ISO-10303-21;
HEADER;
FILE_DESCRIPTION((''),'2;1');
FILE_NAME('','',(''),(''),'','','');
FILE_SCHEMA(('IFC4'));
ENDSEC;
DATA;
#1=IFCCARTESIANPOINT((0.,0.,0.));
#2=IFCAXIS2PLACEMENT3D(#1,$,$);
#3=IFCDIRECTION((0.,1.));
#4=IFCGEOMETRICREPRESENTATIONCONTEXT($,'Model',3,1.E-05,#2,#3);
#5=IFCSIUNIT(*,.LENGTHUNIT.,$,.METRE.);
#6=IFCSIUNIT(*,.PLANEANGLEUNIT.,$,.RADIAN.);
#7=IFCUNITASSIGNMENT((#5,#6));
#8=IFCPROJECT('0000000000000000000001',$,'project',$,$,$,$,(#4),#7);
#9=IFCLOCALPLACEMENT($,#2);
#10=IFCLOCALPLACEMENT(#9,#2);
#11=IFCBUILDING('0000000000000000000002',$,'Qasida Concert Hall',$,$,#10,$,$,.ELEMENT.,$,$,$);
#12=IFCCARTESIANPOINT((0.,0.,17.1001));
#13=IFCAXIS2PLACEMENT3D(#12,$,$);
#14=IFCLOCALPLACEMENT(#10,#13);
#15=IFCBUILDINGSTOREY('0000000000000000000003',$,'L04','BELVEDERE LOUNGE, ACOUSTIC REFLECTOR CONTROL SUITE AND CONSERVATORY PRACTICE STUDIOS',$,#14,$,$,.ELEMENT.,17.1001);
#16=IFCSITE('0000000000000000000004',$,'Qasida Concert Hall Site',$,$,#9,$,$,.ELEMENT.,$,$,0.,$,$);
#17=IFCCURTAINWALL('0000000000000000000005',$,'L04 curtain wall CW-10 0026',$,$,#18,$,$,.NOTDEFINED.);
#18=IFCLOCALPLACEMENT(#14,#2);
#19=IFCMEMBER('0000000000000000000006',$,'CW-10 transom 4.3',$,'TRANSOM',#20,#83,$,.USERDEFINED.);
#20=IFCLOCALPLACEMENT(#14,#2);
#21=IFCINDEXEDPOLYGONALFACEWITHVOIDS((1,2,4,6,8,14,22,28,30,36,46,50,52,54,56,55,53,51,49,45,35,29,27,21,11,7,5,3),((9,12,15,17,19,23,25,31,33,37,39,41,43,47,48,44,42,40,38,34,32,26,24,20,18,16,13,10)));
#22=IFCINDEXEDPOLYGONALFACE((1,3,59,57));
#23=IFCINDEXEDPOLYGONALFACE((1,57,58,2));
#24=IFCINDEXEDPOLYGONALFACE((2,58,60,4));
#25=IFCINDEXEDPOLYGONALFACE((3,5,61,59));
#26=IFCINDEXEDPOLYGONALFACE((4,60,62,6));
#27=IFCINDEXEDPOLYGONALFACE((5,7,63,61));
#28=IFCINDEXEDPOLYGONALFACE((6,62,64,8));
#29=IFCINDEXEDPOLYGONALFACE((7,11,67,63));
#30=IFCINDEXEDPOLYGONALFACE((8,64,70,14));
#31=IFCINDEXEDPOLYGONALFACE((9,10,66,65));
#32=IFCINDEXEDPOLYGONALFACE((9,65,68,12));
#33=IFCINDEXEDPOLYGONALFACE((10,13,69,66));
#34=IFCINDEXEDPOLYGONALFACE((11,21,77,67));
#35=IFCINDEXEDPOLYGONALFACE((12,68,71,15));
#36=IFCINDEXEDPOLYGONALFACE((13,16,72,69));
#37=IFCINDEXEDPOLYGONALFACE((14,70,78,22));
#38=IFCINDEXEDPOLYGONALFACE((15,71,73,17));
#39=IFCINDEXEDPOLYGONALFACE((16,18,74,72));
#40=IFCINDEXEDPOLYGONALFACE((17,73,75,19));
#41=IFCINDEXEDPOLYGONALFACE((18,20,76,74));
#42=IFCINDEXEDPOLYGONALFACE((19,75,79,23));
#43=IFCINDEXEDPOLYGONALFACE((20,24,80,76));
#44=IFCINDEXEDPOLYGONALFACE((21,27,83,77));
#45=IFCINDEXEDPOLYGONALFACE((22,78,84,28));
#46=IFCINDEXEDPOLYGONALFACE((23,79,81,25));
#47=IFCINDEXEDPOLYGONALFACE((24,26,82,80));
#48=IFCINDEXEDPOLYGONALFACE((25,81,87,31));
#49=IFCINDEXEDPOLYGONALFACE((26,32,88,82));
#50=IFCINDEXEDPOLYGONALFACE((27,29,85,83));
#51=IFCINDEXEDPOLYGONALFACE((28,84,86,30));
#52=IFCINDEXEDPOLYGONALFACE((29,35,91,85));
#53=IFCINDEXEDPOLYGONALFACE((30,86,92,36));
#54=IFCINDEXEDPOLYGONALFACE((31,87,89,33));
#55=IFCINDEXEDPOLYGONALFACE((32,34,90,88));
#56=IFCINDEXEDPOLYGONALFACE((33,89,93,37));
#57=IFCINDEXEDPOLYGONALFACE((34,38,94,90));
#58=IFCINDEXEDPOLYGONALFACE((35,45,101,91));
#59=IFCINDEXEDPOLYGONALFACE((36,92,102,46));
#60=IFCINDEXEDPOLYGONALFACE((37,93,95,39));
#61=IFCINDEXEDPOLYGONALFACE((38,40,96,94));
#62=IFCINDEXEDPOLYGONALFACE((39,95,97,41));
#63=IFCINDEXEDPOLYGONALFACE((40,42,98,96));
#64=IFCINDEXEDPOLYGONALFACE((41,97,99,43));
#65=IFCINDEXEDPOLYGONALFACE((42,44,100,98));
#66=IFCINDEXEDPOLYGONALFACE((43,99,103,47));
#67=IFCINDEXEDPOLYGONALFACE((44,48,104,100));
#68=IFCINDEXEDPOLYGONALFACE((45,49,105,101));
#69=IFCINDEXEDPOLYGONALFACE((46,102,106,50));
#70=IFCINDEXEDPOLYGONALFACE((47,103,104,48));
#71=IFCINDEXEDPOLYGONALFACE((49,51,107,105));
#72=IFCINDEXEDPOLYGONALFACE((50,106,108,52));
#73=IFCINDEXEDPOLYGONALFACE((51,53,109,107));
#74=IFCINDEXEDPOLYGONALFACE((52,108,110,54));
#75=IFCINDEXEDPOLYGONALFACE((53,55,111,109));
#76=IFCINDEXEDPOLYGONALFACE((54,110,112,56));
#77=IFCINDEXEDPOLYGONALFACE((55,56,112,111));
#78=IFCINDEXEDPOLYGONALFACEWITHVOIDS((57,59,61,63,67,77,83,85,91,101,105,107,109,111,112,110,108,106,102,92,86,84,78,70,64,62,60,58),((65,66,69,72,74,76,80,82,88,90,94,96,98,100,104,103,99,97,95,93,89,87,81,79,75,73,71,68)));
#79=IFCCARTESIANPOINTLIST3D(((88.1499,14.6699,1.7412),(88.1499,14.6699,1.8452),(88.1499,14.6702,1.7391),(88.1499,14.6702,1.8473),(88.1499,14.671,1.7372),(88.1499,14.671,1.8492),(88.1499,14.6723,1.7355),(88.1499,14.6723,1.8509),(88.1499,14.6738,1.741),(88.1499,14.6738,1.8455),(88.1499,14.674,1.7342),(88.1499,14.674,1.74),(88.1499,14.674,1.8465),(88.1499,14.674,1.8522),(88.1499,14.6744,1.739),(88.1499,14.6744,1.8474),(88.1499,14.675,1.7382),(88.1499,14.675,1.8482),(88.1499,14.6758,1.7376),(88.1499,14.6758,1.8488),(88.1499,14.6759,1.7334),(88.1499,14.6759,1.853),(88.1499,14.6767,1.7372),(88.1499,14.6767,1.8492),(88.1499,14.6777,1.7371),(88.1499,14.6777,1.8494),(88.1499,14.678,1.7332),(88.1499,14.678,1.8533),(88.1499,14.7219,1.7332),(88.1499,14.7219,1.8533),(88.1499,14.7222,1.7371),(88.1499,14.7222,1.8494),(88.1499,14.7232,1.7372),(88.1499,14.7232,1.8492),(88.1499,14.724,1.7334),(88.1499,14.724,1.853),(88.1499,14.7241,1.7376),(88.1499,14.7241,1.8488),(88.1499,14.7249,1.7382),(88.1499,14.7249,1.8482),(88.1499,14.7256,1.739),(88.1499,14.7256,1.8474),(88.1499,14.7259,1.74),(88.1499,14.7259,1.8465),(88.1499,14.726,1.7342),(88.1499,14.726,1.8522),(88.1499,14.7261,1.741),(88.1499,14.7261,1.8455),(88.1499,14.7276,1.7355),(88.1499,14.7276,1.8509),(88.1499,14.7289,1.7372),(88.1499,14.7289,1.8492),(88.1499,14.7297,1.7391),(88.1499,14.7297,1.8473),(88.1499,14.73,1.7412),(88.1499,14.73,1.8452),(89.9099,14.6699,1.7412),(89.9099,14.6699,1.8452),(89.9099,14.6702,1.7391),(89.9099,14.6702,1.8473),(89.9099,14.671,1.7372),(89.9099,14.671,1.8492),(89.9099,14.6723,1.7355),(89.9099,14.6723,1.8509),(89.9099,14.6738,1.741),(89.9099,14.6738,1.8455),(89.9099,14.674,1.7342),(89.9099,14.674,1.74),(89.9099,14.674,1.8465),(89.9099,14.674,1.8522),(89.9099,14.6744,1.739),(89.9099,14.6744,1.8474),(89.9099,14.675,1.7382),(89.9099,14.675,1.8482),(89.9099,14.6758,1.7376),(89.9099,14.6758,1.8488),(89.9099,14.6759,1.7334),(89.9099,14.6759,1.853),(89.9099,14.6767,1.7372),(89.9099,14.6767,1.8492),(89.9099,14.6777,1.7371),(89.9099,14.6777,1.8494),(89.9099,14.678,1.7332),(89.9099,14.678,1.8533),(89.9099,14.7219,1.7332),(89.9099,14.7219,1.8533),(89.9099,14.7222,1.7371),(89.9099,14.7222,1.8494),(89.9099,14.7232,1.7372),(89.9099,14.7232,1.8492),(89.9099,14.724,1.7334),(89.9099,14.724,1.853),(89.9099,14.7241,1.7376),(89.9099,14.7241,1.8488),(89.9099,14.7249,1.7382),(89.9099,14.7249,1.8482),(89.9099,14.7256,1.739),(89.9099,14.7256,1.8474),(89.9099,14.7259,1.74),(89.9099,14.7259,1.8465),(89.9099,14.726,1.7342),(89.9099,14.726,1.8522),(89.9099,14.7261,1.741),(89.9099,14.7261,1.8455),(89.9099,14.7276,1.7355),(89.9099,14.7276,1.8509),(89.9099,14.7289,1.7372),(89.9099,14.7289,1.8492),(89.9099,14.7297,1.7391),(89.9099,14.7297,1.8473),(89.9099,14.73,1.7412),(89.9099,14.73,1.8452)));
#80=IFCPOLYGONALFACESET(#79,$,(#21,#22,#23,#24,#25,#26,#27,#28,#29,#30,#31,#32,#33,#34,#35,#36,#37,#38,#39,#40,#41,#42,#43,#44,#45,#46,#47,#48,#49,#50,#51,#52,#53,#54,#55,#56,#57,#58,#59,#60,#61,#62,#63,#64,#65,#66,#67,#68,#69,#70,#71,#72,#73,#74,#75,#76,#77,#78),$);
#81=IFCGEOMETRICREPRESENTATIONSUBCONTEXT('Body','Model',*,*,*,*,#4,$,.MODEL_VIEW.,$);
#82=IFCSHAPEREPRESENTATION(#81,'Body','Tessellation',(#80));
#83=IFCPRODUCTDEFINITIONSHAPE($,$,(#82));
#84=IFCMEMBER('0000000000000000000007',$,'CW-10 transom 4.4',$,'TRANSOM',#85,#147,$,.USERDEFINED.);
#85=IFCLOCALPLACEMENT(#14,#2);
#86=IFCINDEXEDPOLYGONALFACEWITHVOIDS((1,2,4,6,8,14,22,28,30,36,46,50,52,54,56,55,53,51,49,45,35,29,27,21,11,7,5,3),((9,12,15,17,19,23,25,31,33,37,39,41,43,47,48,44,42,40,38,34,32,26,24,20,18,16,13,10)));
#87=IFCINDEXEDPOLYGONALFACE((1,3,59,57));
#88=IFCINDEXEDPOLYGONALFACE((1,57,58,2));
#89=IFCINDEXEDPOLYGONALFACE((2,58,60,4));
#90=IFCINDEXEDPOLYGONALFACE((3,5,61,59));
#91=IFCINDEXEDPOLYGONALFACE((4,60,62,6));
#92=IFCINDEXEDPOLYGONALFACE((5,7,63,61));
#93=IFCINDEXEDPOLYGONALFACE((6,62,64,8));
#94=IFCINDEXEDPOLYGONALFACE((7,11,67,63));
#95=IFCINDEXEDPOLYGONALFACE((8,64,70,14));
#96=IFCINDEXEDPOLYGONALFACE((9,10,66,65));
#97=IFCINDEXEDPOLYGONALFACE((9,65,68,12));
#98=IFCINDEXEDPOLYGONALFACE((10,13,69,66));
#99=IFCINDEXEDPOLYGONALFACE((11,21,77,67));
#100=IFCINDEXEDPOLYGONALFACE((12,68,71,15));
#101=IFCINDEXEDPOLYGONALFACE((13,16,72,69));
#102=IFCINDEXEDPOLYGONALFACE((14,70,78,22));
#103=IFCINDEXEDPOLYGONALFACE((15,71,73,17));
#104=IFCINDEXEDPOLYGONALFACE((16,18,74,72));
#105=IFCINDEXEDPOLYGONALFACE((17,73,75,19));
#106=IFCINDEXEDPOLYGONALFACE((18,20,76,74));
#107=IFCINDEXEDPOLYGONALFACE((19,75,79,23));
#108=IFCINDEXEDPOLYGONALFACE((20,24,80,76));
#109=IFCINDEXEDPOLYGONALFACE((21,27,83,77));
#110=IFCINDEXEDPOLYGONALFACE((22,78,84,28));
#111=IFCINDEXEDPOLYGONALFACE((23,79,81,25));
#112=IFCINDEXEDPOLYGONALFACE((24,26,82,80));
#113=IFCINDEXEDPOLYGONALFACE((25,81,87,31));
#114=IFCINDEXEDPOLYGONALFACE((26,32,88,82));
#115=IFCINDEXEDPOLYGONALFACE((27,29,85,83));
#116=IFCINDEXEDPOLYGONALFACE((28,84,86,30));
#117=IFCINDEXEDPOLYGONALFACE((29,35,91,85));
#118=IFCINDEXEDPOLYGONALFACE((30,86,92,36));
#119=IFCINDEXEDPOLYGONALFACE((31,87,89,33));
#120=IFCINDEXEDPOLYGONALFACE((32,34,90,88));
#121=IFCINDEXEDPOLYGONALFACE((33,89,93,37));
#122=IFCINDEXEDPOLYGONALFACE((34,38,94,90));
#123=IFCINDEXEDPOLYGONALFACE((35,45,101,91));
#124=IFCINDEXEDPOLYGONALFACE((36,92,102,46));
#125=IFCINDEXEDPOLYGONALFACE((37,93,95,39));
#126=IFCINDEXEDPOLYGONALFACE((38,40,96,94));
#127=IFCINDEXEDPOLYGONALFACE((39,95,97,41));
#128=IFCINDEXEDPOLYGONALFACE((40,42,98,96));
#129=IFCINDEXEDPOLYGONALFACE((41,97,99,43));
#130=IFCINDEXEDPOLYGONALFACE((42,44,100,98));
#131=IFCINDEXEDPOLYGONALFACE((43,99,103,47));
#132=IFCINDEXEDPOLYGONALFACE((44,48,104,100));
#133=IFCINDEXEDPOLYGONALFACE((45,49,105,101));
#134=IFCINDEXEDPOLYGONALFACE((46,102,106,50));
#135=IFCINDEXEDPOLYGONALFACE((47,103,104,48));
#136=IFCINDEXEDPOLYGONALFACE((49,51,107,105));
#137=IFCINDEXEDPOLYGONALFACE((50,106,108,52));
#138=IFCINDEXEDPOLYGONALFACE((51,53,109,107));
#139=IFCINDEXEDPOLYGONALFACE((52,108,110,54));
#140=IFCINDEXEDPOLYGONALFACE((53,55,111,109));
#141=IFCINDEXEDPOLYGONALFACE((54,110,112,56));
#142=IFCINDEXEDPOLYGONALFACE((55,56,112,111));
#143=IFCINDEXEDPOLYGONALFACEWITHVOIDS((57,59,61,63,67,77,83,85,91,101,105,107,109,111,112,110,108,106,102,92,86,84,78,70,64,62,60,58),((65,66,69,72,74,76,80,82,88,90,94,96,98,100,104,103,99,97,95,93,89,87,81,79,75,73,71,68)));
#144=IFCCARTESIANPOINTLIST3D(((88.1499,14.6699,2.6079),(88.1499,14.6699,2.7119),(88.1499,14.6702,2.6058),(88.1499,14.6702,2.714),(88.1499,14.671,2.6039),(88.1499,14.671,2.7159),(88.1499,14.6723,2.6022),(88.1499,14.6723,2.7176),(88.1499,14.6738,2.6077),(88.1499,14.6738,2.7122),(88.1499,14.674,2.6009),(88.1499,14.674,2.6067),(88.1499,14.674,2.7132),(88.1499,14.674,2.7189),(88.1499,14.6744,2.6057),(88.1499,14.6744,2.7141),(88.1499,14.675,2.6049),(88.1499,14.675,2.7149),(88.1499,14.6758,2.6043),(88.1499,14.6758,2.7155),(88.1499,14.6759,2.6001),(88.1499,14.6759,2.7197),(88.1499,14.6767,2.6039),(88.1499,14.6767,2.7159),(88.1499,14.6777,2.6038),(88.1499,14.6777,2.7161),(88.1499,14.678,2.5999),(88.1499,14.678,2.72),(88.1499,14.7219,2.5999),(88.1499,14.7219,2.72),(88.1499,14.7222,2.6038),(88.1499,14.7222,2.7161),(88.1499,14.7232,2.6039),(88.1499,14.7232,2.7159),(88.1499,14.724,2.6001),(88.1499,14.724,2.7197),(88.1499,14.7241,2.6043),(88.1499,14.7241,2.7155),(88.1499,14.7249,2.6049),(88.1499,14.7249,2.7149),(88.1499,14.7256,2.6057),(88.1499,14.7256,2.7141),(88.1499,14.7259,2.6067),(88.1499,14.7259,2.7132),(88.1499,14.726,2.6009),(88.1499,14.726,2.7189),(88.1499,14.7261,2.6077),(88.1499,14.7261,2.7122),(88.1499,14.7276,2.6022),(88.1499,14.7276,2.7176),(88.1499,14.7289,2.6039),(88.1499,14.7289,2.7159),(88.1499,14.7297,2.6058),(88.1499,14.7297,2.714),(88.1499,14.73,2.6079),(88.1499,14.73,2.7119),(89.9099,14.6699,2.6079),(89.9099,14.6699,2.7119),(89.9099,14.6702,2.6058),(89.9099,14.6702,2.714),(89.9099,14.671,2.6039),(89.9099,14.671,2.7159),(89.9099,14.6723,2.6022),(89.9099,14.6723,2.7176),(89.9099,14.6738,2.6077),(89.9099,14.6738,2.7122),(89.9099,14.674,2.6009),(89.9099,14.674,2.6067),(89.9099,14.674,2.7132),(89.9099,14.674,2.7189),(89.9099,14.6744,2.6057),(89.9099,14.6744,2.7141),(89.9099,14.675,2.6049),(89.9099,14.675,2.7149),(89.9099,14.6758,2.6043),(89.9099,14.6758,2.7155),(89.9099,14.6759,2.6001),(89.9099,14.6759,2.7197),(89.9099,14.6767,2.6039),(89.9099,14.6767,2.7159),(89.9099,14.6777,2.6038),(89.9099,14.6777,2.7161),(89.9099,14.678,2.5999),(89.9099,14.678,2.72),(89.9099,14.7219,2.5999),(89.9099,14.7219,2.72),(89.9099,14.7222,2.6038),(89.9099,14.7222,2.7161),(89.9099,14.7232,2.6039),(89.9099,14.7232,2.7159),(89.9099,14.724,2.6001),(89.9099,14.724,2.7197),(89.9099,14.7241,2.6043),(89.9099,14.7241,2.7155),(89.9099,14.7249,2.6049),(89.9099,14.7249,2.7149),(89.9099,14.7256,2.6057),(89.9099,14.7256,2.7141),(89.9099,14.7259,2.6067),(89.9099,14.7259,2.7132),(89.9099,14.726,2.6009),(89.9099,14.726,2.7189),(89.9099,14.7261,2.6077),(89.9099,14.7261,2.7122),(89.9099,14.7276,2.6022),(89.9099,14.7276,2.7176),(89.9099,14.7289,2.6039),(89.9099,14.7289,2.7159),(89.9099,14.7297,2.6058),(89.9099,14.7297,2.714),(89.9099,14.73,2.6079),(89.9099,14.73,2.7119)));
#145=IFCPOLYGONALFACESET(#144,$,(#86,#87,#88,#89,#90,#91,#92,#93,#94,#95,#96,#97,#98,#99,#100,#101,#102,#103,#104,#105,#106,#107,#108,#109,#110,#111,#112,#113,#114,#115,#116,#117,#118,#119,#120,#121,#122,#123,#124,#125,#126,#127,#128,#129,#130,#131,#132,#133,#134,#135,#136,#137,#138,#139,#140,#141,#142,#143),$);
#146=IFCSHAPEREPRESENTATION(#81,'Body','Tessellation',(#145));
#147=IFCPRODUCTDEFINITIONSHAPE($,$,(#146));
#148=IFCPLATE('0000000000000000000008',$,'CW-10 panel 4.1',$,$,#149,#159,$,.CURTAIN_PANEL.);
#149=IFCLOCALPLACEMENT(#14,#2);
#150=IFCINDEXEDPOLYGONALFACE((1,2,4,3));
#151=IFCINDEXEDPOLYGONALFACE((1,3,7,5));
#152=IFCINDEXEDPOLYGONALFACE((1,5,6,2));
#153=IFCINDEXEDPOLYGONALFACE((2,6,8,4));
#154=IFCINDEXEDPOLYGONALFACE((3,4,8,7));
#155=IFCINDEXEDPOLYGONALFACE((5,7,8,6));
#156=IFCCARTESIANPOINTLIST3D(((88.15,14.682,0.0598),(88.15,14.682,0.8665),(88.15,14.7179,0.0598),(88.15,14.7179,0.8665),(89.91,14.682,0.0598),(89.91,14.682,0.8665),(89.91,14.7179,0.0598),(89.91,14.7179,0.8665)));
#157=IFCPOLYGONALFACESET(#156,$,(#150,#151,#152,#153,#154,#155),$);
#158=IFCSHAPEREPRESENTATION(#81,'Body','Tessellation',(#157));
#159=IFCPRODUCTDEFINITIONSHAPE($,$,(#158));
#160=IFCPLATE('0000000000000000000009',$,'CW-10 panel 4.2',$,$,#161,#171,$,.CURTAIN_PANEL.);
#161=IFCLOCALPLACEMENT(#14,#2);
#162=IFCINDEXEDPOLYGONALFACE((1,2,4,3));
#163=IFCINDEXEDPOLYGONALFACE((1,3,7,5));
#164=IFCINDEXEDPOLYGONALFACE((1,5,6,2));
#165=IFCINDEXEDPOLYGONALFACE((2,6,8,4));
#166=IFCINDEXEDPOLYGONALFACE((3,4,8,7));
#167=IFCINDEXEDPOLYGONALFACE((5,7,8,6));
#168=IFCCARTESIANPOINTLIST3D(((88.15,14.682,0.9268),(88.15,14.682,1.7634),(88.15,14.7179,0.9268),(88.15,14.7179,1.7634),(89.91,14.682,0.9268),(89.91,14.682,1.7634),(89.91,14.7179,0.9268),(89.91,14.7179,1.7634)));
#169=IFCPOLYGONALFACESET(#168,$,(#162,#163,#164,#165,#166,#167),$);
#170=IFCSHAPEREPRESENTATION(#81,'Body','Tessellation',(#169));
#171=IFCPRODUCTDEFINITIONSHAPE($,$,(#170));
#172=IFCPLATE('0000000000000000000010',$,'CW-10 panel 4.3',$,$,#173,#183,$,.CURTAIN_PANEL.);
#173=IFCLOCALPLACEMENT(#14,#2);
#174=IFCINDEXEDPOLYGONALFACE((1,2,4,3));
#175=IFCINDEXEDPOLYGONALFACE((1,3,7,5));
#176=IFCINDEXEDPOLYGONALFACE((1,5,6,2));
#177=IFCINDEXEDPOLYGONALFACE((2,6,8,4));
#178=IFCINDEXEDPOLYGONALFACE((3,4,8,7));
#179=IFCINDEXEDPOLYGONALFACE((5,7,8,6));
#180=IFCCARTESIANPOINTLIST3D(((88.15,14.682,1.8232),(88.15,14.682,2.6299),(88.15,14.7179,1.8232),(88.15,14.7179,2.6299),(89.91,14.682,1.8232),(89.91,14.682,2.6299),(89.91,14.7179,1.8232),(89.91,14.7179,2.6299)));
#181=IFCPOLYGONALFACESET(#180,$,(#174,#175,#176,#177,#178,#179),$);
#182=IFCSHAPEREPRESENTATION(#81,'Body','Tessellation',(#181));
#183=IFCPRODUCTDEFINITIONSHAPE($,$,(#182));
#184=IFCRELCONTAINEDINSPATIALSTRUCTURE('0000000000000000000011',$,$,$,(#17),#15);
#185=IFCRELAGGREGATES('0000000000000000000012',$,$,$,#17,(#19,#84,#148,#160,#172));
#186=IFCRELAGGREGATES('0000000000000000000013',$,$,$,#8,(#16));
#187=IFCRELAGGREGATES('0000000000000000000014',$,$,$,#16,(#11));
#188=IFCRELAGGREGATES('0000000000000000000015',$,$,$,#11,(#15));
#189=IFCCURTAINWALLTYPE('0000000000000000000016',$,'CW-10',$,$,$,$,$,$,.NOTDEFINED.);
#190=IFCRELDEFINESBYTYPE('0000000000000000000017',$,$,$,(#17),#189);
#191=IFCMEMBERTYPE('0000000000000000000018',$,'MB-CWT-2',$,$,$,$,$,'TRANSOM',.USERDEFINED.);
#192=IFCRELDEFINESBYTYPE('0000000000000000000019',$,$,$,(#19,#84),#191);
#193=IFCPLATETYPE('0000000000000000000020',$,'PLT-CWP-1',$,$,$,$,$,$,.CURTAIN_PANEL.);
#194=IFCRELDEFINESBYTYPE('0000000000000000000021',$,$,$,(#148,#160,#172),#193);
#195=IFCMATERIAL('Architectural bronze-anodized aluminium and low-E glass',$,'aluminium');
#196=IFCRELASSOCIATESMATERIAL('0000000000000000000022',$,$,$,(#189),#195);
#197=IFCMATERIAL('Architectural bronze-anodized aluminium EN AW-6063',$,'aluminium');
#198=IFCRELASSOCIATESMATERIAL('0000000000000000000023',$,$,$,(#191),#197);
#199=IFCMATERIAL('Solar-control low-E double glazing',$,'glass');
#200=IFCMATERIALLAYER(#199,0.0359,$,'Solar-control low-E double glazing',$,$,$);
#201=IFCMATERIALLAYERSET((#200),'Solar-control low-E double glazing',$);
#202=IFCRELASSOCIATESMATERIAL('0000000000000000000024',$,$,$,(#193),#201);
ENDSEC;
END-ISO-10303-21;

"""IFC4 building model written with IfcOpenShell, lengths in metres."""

from ifc_helpers import new_model, si_unit, direction, frame, origin, origin_2d, place, context, subcontext, project, spatial, rectangle, hollow_rectangle, extrude, material, layer, layer_set, material_profile, profile_set, type_object, element, aggregate, save


model = new_model("IFC4")

# Units and contexts
model_context = context("Model", 3, precision=1e-05, world=origin(), true_north=direction((0.0, 1.0)))
body_context = subcontext(model_context, "Body", "Model", "MODEL_VIEW")
ifc_project = project(units=[si_unit("LENGTHUNIT", "METRE"), si_unit("PLANEANGLEUNIT", "RADIAN")], contexts=[model_context])

# Site, building, storey
site_placement = place(None, origin())
site = spatial("IfcSite", under=ifc_project, at=site_placement, Name="Qasida Concert Hall Site", CompositionType="ELEMENT", RefElevation=0.0)
building_placement = place(site_placement, origin())
building = spatial("IfcBuilding", under=site, at=building_placement, Name="Qasida Concert Hall", CompositionType="ELEMENT")
storey_placement = place(building_placement, frame((0.0, 0.0, 17.1001)))
storey = spatial("IfcBuildingStorey", under=building, at=storey_placement, Name="L04", Description="BELVEDERE LOUNGE, ACOUSTIC REFLECTOR CONTROL SUITE AND CONSERVATORY PRACTICE STUDIOS", CompositionType="ELEMENT", Elevation=17.1001)

# Curtain wall, members, plates
ifc_material_1 = material(Name="Architectural bronze-anodized aluminium and low-E glass", Category="aluminium")
curtain_wall_type = type_object("IfcCurtainWallType", Name="CW-10", PredefinedType="NOTDEFINED", material=ifc_material_1)
curtain_wall_placement = place(storey_placement, origin())
curtain_wall = element("IfcCurtainWall", 1, at=curtain_wall_placement, inside=storey, type_object=curtain_wall_type, Name="L04 curtain wall CW-10 0026", PredefinedType="NOTDEFINED")
ifc_material_2 = material(Name="Architectural bronze-anodized aluminium EN AW-6063", Category="aluminium")
ifc_material_profile_1 = material_profile(ifc_material_2, hollow_rectangle(XDim=0.0601, YDim=0.1201, WallThickness=0.0039, InnerFilletRadius=0.0039, OuterFilletRadius=0.0081, at=origin_2d()), Name="CWT 120x60x4")
ifc_profile_set_1 = profile_set([ifc_material_profile_1], Name="Architectural bronze-anodized aluminium EN AW-6063")
member_type_1 = type_object("IfcMemberType", Name="MB-CWT-2", ElementType="TRANSOM", PredefinedType="USERDEFINED", material=ifc_profile_set_1)
member_1_placement = place(storey_placement, frame((88.1499, 14.7, 1.7932), z_axis=(1.0, 0.0, 0.0), x_axis=(0.0, 1.0, 0.0)))
member_1 = element("IfcMember", 2, at=member_1_placement, type_object=member_type_1, Name="CW-10 transom 4.3", ObjectType="TRANSOM", PredefinedType="USERDEFINED", context=body_context, shape_type="SweptSolid", body=[
    extrude(hollow_rectangle(XDim=0.0601, YDim=0.1201, WallThickness=0.0039, InnerFilletRadius=0.0039, OuterFilletRadius=0.0081, at=origin_2d()), origin(), (0.0, 0.0, 1.0), 1.76),
])
member_2_placement = place(storey_placement, frame((88.1499, 14.7, 2.6599), z_axis=(1.0, 0.0, 0.0), x_axis=(0.0, 1.0, 0.0)))
member_2 = element("IfcMember", 3, at=member_2_placement, type_object=member_type_1, Name="CW-10 transom 4.4", ObjectType="TRANSOM", PredefinedType="USERDEFINED", context=body_context, shape_type="SweptSolid", body=[
    extrude(hollow_rectangle(XDim=0.0601, YDim=0.1201, WallThickness=0.0039, InnerFilletRadius=0.0039, OuterFilletRadius=0.0081, at=origin_2d()), origin(), (0.0, 0.0, 1.0), 1.76),
])
ifc_material_3 = material(Name="Solar-control low-E double glazing", Category="glass")
ifc_layer_1 = layer(ifc_material_3, 0.0359, Name="Solar-control low-E double glazing")
ifc_layer_set_1 = layer_set([ifc_layer_1], Name="Solar-control low-E double glazing")
plate_type = type_object("IfcPlateType", Name="PLT-CWP-1", PredefinedType="CURTAIN_PANEL", material=ifc_layer_set_1)
plate_1_placement = place(storey_placement, frame((89.03, 14.7, 0.0598), z_axis=(0.0, 0.0, 1.0), x_axis=(1.0, 0.0, 0.0)))
plate_1 = element("IfcPlate", 4, at=plate_1_placement, type_object=plate_type, Name="CW-10 panel 4.1", PredefinedType="CURTAIN_PANEL", context=body_context, shape_type="SweptSolid", body=[
    extrude(rectangle(XDim=1.76, YDim=0.0359, at=origin_2d()), origin(), (0.0, 0.0, 1.0), 0.8066),
])
plate_2_placement = place(storey_placement, frame((89.03, 14.7, 0.9268), z_axis=(0.0, 0.0, 1.0), x_axis=(1.0, 0.0, 0.0)))
plate_2 = element("IfcPlate", 5, at=plate_2_placement, type_object=plate_type, Name="CW-10 panel 4.2", PredefinedType="CURTAIN_PANEL", context=body_context, shape_type="SweptSolid", body=[
    extrude(rectangle(XDim=1.76, YDim=0.0359, at=origin_2d()), origin(), (0.0, 0.0, 1.0), 0.8367),
])
plate_3_placement = place(storey_placement, frame((89.03, 14.7, 1.8232), z_axis=(0.0, 0.0, 1.0), x_axis=(1.0, 0.0, 0.0)))
plate_3 = element("IfcPlate", 6, at=plate_3_placement, type_object=plate_type, Name="CW-10 panel 4.3", PredefinedType="CURTAIN_PANEL", context=body_context, shape_type="SweptSolid", body=[
    extrude(rectangle(XDim=1.76, YDim=0.0359, at=origin_2d()), origin(), (0.0, 0.0, 1.0), 0.8066),
])
aggregate(curtain_wall, [member_1, member_2, plate_1, plate_2, plate_3])

save(model, "model.ifc")
